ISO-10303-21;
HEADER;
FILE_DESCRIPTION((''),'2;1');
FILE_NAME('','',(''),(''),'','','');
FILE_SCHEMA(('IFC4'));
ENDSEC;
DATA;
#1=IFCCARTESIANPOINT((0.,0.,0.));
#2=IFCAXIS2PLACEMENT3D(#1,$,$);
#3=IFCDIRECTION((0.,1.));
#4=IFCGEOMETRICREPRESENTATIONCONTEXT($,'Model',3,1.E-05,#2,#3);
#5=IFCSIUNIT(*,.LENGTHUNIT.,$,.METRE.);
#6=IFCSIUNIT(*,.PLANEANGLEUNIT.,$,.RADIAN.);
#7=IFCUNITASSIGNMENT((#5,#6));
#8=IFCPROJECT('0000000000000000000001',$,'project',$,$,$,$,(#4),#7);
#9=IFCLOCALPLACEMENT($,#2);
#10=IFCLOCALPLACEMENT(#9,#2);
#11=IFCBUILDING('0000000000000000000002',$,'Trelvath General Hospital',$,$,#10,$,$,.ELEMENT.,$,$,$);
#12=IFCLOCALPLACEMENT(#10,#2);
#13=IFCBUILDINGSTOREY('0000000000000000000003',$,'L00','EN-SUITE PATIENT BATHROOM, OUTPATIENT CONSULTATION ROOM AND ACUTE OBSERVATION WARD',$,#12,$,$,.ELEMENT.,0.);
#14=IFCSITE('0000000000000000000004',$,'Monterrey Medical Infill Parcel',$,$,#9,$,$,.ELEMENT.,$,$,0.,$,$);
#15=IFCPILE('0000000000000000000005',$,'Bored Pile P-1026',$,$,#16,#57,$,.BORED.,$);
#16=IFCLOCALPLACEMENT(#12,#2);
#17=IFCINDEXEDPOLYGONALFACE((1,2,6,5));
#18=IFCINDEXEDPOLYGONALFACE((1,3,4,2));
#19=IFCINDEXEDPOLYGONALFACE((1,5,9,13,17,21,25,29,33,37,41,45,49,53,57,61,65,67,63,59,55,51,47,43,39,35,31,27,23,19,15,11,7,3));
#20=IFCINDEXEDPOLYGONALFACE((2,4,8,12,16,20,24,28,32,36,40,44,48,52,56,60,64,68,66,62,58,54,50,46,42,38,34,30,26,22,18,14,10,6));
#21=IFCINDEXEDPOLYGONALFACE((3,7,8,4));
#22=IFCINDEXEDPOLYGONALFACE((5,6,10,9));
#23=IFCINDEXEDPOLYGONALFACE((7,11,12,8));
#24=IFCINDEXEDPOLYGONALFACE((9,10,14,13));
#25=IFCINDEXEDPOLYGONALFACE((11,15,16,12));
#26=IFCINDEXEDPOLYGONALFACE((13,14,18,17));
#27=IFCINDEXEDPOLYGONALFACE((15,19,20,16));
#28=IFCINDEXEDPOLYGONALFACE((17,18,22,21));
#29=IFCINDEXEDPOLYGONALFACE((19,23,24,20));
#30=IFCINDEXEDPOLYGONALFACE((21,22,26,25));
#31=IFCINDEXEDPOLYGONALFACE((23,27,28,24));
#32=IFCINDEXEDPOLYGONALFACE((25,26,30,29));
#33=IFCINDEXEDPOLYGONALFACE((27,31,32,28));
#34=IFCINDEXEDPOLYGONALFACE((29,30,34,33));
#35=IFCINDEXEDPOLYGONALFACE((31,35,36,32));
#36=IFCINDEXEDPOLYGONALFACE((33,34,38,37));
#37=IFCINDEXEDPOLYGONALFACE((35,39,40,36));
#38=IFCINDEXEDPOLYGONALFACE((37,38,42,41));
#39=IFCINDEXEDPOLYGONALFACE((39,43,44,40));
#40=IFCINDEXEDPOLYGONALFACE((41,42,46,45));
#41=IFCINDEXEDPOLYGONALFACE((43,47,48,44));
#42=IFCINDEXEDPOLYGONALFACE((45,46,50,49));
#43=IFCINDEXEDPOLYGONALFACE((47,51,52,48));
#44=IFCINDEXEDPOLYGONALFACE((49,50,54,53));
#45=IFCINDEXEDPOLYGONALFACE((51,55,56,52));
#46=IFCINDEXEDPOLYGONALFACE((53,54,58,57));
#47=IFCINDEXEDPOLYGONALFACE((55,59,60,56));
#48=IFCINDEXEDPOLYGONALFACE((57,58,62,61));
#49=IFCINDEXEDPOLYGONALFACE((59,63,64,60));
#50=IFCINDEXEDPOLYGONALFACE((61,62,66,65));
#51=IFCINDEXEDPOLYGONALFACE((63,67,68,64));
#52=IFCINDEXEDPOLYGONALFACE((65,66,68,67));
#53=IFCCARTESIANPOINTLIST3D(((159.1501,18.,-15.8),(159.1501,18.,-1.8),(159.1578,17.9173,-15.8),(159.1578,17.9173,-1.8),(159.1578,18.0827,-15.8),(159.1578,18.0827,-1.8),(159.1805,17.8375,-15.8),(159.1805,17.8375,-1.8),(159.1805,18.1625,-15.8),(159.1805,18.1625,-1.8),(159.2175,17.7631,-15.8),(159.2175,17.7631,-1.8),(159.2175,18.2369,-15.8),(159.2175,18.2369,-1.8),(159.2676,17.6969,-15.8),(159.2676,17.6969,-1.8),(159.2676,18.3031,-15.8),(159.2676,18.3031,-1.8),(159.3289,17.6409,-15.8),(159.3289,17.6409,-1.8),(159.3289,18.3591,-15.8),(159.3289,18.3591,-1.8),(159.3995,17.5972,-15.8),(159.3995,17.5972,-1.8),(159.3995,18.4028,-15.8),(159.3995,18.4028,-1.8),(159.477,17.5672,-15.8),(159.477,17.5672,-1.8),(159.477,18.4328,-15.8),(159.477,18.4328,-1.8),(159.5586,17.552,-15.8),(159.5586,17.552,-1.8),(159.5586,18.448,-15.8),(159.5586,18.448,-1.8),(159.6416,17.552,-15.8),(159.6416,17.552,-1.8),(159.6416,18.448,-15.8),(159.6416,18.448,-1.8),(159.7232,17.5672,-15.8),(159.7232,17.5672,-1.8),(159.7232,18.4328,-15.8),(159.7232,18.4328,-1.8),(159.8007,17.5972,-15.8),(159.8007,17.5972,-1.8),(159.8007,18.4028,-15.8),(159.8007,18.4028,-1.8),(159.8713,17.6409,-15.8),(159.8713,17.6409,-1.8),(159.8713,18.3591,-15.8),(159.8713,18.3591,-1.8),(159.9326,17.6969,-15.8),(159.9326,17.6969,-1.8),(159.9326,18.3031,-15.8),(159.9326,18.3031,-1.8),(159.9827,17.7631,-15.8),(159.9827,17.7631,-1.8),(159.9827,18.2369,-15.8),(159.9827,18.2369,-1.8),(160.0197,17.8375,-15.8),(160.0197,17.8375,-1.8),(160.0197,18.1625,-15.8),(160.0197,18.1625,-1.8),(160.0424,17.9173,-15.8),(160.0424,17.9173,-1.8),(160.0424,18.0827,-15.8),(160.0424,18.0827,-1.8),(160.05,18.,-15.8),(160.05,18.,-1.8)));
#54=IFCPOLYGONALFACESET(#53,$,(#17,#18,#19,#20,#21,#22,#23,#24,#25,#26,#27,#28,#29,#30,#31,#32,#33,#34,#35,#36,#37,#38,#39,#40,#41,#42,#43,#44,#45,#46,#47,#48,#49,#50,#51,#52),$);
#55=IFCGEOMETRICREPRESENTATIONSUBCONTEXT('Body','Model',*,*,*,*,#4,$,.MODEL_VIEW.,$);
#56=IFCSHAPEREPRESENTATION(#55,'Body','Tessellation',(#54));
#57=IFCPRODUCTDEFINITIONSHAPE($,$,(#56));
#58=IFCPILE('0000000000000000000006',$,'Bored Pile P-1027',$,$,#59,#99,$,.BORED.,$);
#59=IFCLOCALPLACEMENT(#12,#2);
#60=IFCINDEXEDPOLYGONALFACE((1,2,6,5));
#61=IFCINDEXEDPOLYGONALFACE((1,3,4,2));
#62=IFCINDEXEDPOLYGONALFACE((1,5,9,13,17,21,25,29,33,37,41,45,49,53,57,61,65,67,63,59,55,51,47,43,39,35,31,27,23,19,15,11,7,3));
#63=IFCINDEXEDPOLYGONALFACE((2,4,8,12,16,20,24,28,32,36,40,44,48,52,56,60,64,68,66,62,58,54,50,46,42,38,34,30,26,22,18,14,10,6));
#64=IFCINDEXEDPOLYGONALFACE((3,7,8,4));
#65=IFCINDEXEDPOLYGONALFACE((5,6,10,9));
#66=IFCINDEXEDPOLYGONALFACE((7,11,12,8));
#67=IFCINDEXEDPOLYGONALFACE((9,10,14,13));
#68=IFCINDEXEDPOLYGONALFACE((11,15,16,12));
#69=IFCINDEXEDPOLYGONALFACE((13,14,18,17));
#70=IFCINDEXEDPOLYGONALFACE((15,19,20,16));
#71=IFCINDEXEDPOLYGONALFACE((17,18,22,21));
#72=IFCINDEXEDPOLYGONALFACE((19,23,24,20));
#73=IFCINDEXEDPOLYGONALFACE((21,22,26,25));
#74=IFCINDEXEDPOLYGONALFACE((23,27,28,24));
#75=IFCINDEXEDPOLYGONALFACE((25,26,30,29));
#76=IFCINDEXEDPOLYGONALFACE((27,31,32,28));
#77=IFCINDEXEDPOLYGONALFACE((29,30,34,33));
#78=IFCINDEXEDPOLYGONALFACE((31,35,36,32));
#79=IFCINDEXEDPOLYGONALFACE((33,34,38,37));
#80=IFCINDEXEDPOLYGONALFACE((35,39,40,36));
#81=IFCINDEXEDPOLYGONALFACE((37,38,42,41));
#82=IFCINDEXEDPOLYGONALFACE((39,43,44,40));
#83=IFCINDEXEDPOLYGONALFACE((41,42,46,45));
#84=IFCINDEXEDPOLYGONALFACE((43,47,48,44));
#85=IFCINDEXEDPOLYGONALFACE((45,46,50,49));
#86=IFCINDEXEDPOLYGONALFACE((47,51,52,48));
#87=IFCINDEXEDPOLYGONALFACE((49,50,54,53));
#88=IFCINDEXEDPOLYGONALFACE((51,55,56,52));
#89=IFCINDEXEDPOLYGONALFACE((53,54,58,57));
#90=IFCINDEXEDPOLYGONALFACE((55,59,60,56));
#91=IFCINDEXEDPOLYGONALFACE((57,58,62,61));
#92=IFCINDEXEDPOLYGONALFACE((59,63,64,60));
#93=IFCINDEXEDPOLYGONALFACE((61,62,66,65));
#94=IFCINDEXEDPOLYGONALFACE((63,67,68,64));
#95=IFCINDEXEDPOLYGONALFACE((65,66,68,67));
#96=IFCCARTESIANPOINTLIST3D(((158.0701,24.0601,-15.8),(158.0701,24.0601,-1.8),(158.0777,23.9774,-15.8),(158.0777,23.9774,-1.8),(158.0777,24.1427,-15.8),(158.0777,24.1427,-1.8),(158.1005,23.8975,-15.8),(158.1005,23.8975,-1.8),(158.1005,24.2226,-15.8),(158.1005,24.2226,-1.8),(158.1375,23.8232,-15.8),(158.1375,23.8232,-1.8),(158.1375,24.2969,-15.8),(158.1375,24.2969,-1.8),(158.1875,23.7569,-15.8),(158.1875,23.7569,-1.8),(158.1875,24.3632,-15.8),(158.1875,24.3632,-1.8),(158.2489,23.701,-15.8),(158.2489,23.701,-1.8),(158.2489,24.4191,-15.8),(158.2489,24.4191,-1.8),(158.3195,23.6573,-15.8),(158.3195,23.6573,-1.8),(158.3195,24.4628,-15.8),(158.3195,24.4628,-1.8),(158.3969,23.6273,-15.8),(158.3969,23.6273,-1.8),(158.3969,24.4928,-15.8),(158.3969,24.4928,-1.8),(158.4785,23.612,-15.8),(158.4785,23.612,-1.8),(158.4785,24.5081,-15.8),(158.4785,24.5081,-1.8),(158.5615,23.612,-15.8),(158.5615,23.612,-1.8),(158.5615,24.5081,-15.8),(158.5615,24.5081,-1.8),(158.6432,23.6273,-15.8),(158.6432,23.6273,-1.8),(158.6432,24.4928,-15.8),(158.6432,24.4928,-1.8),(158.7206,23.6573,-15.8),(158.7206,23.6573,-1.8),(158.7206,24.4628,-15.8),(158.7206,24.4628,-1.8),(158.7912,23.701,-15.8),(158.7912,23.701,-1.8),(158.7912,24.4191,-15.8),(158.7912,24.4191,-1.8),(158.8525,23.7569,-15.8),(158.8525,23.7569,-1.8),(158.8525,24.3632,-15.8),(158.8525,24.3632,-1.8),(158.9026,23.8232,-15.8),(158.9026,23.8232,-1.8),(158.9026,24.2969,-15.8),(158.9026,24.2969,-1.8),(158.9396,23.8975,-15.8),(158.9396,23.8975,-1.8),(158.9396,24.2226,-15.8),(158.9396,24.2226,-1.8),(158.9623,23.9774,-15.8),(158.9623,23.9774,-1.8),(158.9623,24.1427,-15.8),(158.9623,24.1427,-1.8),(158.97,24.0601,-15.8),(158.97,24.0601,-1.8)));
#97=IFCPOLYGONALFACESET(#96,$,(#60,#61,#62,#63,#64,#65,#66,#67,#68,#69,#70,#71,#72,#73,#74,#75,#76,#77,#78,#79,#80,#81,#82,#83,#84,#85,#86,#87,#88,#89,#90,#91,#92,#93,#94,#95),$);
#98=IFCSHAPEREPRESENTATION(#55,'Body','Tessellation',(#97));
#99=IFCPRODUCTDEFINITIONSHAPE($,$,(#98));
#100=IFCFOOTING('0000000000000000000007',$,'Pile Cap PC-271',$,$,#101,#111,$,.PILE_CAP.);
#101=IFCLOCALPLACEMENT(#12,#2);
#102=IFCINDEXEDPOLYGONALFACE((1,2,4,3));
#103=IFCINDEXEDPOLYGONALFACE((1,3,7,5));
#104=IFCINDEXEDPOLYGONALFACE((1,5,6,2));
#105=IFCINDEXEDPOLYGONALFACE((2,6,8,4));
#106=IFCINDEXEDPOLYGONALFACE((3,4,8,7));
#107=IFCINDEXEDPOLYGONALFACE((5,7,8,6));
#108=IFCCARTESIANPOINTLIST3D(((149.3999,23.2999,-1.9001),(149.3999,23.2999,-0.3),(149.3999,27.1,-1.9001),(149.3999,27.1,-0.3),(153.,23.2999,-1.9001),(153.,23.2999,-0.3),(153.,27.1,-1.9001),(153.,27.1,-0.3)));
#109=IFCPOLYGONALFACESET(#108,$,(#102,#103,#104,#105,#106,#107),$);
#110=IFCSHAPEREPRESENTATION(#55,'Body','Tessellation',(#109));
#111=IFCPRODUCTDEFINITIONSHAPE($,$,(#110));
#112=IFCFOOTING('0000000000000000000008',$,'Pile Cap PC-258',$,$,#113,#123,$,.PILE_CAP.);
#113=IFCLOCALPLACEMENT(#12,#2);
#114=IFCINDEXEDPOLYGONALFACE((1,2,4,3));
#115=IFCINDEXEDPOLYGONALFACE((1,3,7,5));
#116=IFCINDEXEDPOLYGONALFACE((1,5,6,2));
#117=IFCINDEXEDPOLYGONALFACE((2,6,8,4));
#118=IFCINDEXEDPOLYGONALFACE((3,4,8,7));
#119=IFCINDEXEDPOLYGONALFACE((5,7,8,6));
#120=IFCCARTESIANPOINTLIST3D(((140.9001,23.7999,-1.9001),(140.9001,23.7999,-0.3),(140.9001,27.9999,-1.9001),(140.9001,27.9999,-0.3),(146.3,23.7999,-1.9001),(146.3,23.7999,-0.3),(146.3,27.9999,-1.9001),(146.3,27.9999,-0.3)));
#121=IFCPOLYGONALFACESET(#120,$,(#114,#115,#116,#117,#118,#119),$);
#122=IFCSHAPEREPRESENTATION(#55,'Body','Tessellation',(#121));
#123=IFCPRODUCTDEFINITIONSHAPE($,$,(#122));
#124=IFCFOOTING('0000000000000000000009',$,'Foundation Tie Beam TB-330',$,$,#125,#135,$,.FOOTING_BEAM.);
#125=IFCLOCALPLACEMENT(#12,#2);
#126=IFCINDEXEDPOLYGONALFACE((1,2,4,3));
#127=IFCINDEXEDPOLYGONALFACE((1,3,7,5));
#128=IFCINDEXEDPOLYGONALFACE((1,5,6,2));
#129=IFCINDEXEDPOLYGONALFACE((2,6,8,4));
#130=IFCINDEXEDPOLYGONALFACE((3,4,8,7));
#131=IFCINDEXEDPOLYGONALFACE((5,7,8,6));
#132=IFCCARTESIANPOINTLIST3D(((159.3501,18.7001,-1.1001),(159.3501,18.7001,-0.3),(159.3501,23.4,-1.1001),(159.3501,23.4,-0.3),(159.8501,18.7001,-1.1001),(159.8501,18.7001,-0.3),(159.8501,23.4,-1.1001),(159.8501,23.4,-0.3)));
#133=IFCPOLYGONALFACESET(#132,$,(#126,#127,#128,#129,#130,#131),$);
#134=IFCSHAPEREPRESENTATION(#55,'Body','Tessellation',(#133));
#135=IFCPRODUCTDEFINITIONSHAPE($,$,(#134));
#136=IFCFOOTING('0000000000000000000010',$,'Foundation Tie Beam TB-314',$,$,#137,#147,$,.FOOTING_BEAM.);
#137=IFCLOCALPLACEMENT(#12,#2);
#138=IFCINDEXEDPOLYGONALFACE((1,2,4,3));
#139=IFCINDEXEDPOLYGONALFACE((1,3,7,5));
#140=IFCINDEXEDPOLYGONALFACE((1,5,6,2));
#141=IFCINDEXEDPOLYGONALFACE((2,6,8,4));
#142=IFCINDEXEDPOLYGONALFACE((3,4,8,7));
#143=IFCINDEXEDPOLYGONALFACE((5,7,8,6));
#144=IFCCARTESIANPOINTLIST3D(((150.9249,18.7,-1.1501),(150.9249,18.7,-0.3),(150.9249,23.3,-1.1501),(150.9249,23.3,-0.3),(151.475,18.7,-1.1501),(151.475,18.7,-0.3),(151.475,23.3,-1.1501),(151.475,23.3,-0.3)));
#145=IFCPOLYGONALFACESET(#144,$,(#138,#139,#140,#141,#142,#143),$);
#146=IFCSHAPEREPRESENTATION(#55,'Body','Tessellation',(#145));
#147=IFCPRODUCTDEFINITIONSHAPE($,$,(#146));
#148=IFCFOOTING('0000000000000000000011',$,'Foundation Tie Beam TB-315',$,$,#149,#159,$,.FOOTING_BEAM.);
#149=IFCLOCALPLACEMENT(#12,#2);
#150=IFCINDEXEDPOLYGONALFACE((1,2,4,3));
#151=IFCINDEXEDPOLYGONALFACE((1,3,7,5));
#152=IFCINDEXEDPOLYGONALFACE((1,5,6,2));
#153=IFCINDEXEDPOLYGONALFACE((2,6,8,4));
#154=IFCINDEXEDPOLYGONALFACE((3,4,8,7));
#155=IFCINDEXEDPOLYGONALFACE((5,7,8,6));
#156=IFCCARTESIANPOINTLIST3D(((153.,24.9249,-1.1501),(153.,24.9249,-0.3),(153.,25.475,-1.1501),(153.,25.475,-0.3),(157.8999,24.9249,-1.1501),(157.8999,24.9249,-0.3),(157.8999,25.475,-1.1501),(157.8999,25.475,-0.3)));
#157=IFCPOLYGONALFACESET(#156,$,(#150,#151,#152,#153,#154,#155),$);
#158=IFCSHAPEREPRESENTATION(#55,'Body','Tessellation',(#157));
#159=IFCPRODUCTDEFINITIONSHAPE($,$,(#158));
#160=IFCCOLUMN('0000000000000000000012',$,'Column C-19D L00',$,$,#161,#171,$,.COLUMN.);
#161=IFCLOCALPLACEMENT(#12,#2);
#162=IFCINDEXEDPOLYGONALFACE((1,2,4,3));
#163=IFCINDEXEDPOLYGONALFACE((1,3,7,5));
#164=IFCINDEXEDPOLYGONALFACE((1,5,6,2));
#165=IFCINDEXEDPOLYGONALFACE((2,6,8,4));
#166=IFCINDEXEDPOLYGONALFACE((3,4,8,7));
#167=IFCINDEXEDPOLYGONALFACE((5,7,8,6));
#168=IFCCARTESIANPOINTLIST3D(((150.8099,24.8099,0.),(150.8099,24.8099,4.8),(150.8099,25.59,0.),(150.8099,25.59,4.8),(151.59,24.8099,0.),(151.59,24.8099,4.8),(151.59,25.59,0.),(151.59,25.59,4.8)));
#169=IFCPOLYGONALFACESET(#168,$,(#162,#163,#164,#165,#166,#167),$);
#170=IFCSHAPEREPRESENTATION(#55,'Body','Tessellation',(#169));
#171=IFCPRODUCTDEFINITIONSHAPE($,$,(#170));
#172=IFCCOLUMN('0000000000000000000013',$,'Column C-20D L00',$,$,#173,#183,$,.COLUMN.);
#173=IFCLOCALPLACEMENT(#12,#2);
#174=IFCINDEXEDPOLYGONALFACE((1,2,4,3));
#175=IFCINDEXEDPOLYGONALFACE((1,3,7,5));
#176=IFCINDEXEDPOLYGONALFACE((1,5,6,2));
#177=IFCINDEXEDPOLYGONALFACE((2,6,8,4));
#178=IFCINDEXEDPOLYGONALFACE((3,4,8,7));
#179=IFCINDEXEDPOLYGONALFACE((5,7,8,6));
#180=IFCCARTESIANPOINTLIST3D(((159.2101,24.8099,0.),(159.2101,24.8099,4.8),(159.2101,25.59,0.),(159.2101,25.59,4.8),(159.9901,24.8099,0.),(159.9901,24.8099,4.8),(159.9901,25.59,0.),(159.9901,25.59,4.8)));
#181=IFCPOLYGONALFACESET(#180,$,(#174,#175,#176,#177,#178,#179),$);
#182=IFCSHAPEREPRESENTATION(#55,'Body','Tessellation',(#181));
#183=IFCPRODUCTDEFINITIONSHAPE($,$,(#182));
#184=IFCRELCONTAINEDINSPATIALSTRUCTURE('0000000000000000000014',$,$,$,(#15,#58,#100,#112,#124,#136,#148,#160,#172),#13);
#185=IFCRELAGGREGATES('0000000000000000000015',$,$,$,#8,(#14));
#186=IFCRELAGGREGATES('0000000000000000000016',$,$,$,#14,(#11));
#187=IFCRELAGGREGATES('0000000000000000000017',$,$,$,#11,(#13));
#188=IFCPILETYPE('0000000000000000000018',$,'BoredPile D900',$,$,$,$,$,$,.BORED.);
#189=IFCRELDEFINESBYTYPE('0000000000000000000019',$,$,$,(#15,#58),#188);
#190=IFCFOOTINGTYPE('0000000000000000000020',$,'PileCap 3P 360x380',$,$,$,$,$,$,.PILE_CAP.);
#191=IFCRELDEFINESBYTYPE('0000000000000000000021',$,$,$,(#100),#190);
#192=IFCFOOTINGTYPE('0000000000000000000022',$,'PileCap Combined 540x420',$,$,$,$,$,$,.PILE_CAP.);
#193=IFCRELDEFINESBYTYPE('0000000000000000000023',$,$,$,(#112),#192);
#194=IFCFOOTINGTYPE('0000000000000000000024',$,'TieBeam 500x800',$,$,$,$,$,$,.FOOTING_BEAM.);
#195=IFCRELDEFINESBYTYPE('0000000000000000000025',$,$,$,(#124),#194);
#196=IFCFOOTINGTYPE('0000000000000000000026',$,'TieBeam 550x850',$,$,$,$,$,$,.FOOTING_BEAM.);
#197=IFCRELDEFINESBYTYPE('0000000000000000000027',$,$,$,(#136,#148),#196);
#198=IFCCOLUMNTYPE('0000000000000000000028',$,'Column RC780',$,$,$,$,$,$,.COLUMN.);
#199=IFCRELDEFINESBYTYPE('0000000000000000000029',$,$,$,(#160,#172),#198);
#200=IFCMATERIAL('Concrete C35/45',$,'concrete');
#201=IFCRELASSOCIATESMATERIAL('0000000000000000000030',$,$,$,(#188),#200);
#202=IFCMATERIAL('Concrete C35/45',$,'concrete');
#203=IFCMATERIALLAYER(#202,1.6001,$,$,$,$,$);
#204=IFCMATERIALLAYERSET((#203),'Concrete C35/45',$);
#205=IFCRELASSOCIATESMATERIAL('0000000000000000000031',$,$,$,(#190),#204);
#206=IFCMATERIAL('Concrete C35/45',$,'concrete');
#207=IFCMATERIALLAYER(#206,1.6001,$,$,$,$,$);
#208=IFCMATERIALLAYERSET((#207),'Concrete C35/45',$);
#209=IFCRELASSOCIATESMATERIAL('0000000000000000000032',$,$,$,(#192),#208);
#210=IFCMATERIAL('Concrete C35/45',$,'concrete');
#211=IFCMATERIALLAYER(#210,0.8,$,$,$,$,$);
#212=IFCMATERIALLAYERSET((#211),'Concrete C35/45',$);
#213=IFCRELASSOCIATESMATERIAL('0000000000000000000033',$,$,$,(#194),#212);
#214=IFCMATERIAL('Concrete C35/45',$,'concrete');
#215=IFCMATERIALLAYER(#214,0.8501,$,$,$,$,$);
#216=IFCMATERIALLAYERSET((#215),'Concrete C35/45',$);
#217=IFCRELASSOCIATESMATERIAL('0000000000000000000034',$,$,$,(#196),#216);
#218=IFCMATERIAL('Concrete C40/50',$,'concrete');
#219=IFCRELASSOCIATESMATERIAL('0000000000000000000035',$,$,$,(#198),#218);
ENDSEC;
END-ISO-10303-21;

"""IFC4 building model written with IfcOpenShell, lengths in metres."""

from ifc_helpers import new_model, si_unit, direction, frame, origin, origin_2d, place, context, subcontext, project, spatial, rectangle, circle, extrude, material, layer, layer_set, material_profile, profile_set, type_object, element, save


model = new_model("IFC4")

# Units and contexts
model_context = context("Model", 3, precision=1e-05, world=origin(), true_north=direction((0.0, 1.0)))
body_context = subcontext(model_context, "Body", "Model", "MODEL_VIEW")
ifc_project = project(units=[si_unit("LENGTHUNIT", "METRE"), si_unit("PLANEANGLEUNIT", "RADIAN")], contexts=[model_context])

# Site, building, storey
site_placement = place(None, origin())
site = spatial("IfcSite", under=ifc_project, at=site_placement, Name="Monterrey Medical Infill Parcel", CompositionType="ELEMENT", RefElevation=0.0)
building_placement = place(site_placement, origin())
building = spatial("IfcBuilding", under=site, at=building_placement, Name="Trelvath General Hospital", CompositionType="ELEMENT")
storey_placement = place(building_placement, origin())
storey = spatial("IfcBuildingStorey", under=building, at=storey_placement, Name="L00", Description="EN-SUITE PATIENT BATHROOM, OUTPATIENT CONSULTATION ROOM AND ACUTE OBSERVATION WARD", CompositionType="ELEMENT", Elevation=0.0)

# Piles
ifc_material_1 = material(Name="Concrete C35/45", Category="concrete")
ifc_material_profile_1 = material_profile(ifc_material_1, circle(Radius=0.45, at=origin_2d()), Name="PILE900")
ifc_profile_set_1 = profile_set([ifc_material_profile_1], Name="Concrete C35/45")
pile_type_1 = type_object("IfcPileType", Name="BoredPile D900", PredefinedType="BORED", material=ifc_profile_set_1)
for number, where, z_axis, x_axis, name in (
    (1, (159.6001, 18.0, -1.8), (0.0, 0.0, -1.0), (1.0, 0.0, 0.0), "Bored Pile P-1026"),
    (2, (158.52, 24.0601, -1.8), (0.0, 0.0, -1.0), (1.0, 0.0, 0.0), "Bored Pile P-1027"),
):
    element("IfcPile", number, at=place(storey_placement, frame(where, z_axis=z_axis, x_axis=x_axis)), inside=storey, type_object=pile_type_1, Name=name, PredefinedType="BORED", context=body_context, shape_type="SweptSolid", body=[
        extrude(circle(Radius=0.45, at=origin_2d()), origin(), (0.0, 0.0, 1.0), 14.0),
    ])

# Footings
ifc_material_2 = material(Name="Concrete C35/45", Category="concrete")
ifc_layer_1 = layer(ifc_material_2, 1.6001)
ifc_layer_set_1 = layer_set([ifc_layer_1], Name="Concrete C35/45")
footing_type_1 = type_object("IfcFootingType", Name="PileCap 3P 360x380", PredefinedType="PILE_CAP", material=ifc_layer_set_1)
footing_1_placement = place(storey_placement, frame((151.2, 25.2, -1.9001), z_axis=(0.0, 0.0, 1.0), x_axis=(1.0, 0.0, 0.0)))
element("IfcFooting", 3, at=footing_1_placement, inside=storey, type_object=footing_type_1, Name="Pile Cap PC-271", PredefinedType="PILE_CAP", context=body_context, shape_type="SweptSolid", body=[
    extrude(rectangle(XDim=3.6001, YDim=3.8, at=origin_2d()), origin(), (0.0, 0.0, 1.0), 1.6001),
])
ifc_material_3 = material(Name="Concrete C35/45", Category="concrete")
ifc_layer_2 = layer(ifc_material_3, 1.6001)
ifc_layer_set_2 = layer_set([ifc_layer_2], Name="Concrete C35/45")
footing_type_2 = type_object("IfcFootingType", Name="PileCap Combined 540x420", PredefinedType="PILE_CAP", material=ifc_layer_set_2)
footing_2_placement = place(storey_placement, frame((143.6001, 25.8999, -1.9001), z_axis=(0.0, 0.0, 1.0), x_axis=(1.0, 0.0, 0.0)))
element("IfcFooting", 4, at=footing_2_placement, inside=storey, type_object=footing_type_2, Name="Pile Cap PC-258", PredefinedType="PILE_CAP", context=body_context, shape_type="SweptSolid", body=[
    extrude(rectangle(XDim=5.3999, YDim=4.2, at=origin_2d()), origin(), (0.0, 0.0, 1.0), 1.6001),
])
ifc_material_4 = material(Name="Concrete C35/45", Category="concrete")
ifc_layer_3 = layer(ifc_material_4, 0.8)
ifc_layer_set_3 = layer_set([ifc_layer_3], Name="Concrete C35/45")
footing_type_3 = type_object("IfcFootingType", Name="TieBeam 500x800", PredefinedType="FOOTING_BEAM", material=ifc_layer_set_3)
footing_3_placement = place(storey_placement, frame((159.6001, 21.05, -1.1001), z_axis=(0.0, 0.0, 1.0), x_axis=(1.0, 0.0, 0.0)))
element("IfcFooting", 5, at=footing_3_placement, inside=storey, type_object=footing_type_3, Name="Foundation Tie Beam TB-330", PredefinedType="FOOTING_BEAM", context=body_context, shape_type="SweptSolid", body=[
    extrude(rectangle(XDim=0.5, YDim=4.7, at=origin_2d()), origin(), (0.0, 0.0, 1.0), 0.8),
])
ifc_material_5 = material(Name="Concrete C35/45", Category="concrete")
ifc_layer_4 = layer(ifc_material_5, 0.8501)
ifc_layer_set_4 = layer_set([ifc_layer_4], Name="Concrete C35/45")
footing_type_4 = type_object("IfcFootingType", Name="TieBeam 550x850", PredefinedType="FOOTING_BEAM", material=ifc_layer_set_4)
footing_4_placement = place(storey_placement, frame((151.2, 21.0, -1.1501), z_axis=(0.0, 0.0, 1.0), x_axis=(1.0, 0.0, 0.0)))
element("IfcFooting", 6, at=footing_4_placement, inside=storey, type_object=footing_type_4, Name="Foundation Tie Beam TB-314", PredefinedType="FOOTING_BEAM", context=body_context, shape_type="SweptSolid", body=[
    extrude(rectangle(XDim=0.55, YDim=4.6001, at=origin_2d()), origin(), (0.0, 0.0, 1.0), 0.8501),
])
footing_5_placement = place(storey_placement, frame((155.45, 25.2, -1.1501), z_axis=(0.0, 0.0, 1.0), x_axis=(1.0, 0.0, 0.0)))
element("IfcFooting", 7, at=footing_5_placement, inside=storey, type_object=footing_type_4, Name="Foundation Tie Beam TB-315", PredefinedType="FOOTING_BEAM", context=body_context, shape_type="SweptSolid", body=[
    extrude(rectangle(XDim=4.8999, YDim=0.55, at=origin_2d()), origin(), (0.0, 0.0, 1.0), 0.8501),
])

# Columns
ifc_material_6 = material(Name="Concrete C40/50", Category="concrete")
ifc_material_profile_2 = material_profile(ifc_material_6, rectangle(XDim=0.78, YDim=0.78, at=origin_2d()), Name="RC780x780")
ifc_profile_set_2 = profile_set([ifc_material_profile_2], Name="Concrete C40/50")
column_type_1 = type_object("IfcColumnType", Name="Column RC780", PredefinedType="COLUMN", material=ifc_profile_set_2)
for number, where, z_axis, x_axis, name in (
    (8, (151.2, 25.2, 0.0), (0.0, 0.0, 1.0), (1.0, 0.0, 0.0), "Column C-19D L00"),
    (9, (159.6001, 25.2, 0.0), (0.0, 0.0, 1.0), (1.0, 0.0, 0.0), "Column C-20D L00"),
):
    element("IfcColumn", number, at=place(storey_placement, frame(where, z_axis=z_axis, x_axis=x_axis)), inside=storey, type_object=column_type_1, Name=name, PredefinedType="COLUMN", context=body_context, shape_type="SweptSolid", body=[
        extrude(rectangle(XDim=0.78, YDim=0.78, at=origin_2d()), origin(), (0.0, 0.0, 1.0), 4.8),
    ])

save(model, "model.ifc")
